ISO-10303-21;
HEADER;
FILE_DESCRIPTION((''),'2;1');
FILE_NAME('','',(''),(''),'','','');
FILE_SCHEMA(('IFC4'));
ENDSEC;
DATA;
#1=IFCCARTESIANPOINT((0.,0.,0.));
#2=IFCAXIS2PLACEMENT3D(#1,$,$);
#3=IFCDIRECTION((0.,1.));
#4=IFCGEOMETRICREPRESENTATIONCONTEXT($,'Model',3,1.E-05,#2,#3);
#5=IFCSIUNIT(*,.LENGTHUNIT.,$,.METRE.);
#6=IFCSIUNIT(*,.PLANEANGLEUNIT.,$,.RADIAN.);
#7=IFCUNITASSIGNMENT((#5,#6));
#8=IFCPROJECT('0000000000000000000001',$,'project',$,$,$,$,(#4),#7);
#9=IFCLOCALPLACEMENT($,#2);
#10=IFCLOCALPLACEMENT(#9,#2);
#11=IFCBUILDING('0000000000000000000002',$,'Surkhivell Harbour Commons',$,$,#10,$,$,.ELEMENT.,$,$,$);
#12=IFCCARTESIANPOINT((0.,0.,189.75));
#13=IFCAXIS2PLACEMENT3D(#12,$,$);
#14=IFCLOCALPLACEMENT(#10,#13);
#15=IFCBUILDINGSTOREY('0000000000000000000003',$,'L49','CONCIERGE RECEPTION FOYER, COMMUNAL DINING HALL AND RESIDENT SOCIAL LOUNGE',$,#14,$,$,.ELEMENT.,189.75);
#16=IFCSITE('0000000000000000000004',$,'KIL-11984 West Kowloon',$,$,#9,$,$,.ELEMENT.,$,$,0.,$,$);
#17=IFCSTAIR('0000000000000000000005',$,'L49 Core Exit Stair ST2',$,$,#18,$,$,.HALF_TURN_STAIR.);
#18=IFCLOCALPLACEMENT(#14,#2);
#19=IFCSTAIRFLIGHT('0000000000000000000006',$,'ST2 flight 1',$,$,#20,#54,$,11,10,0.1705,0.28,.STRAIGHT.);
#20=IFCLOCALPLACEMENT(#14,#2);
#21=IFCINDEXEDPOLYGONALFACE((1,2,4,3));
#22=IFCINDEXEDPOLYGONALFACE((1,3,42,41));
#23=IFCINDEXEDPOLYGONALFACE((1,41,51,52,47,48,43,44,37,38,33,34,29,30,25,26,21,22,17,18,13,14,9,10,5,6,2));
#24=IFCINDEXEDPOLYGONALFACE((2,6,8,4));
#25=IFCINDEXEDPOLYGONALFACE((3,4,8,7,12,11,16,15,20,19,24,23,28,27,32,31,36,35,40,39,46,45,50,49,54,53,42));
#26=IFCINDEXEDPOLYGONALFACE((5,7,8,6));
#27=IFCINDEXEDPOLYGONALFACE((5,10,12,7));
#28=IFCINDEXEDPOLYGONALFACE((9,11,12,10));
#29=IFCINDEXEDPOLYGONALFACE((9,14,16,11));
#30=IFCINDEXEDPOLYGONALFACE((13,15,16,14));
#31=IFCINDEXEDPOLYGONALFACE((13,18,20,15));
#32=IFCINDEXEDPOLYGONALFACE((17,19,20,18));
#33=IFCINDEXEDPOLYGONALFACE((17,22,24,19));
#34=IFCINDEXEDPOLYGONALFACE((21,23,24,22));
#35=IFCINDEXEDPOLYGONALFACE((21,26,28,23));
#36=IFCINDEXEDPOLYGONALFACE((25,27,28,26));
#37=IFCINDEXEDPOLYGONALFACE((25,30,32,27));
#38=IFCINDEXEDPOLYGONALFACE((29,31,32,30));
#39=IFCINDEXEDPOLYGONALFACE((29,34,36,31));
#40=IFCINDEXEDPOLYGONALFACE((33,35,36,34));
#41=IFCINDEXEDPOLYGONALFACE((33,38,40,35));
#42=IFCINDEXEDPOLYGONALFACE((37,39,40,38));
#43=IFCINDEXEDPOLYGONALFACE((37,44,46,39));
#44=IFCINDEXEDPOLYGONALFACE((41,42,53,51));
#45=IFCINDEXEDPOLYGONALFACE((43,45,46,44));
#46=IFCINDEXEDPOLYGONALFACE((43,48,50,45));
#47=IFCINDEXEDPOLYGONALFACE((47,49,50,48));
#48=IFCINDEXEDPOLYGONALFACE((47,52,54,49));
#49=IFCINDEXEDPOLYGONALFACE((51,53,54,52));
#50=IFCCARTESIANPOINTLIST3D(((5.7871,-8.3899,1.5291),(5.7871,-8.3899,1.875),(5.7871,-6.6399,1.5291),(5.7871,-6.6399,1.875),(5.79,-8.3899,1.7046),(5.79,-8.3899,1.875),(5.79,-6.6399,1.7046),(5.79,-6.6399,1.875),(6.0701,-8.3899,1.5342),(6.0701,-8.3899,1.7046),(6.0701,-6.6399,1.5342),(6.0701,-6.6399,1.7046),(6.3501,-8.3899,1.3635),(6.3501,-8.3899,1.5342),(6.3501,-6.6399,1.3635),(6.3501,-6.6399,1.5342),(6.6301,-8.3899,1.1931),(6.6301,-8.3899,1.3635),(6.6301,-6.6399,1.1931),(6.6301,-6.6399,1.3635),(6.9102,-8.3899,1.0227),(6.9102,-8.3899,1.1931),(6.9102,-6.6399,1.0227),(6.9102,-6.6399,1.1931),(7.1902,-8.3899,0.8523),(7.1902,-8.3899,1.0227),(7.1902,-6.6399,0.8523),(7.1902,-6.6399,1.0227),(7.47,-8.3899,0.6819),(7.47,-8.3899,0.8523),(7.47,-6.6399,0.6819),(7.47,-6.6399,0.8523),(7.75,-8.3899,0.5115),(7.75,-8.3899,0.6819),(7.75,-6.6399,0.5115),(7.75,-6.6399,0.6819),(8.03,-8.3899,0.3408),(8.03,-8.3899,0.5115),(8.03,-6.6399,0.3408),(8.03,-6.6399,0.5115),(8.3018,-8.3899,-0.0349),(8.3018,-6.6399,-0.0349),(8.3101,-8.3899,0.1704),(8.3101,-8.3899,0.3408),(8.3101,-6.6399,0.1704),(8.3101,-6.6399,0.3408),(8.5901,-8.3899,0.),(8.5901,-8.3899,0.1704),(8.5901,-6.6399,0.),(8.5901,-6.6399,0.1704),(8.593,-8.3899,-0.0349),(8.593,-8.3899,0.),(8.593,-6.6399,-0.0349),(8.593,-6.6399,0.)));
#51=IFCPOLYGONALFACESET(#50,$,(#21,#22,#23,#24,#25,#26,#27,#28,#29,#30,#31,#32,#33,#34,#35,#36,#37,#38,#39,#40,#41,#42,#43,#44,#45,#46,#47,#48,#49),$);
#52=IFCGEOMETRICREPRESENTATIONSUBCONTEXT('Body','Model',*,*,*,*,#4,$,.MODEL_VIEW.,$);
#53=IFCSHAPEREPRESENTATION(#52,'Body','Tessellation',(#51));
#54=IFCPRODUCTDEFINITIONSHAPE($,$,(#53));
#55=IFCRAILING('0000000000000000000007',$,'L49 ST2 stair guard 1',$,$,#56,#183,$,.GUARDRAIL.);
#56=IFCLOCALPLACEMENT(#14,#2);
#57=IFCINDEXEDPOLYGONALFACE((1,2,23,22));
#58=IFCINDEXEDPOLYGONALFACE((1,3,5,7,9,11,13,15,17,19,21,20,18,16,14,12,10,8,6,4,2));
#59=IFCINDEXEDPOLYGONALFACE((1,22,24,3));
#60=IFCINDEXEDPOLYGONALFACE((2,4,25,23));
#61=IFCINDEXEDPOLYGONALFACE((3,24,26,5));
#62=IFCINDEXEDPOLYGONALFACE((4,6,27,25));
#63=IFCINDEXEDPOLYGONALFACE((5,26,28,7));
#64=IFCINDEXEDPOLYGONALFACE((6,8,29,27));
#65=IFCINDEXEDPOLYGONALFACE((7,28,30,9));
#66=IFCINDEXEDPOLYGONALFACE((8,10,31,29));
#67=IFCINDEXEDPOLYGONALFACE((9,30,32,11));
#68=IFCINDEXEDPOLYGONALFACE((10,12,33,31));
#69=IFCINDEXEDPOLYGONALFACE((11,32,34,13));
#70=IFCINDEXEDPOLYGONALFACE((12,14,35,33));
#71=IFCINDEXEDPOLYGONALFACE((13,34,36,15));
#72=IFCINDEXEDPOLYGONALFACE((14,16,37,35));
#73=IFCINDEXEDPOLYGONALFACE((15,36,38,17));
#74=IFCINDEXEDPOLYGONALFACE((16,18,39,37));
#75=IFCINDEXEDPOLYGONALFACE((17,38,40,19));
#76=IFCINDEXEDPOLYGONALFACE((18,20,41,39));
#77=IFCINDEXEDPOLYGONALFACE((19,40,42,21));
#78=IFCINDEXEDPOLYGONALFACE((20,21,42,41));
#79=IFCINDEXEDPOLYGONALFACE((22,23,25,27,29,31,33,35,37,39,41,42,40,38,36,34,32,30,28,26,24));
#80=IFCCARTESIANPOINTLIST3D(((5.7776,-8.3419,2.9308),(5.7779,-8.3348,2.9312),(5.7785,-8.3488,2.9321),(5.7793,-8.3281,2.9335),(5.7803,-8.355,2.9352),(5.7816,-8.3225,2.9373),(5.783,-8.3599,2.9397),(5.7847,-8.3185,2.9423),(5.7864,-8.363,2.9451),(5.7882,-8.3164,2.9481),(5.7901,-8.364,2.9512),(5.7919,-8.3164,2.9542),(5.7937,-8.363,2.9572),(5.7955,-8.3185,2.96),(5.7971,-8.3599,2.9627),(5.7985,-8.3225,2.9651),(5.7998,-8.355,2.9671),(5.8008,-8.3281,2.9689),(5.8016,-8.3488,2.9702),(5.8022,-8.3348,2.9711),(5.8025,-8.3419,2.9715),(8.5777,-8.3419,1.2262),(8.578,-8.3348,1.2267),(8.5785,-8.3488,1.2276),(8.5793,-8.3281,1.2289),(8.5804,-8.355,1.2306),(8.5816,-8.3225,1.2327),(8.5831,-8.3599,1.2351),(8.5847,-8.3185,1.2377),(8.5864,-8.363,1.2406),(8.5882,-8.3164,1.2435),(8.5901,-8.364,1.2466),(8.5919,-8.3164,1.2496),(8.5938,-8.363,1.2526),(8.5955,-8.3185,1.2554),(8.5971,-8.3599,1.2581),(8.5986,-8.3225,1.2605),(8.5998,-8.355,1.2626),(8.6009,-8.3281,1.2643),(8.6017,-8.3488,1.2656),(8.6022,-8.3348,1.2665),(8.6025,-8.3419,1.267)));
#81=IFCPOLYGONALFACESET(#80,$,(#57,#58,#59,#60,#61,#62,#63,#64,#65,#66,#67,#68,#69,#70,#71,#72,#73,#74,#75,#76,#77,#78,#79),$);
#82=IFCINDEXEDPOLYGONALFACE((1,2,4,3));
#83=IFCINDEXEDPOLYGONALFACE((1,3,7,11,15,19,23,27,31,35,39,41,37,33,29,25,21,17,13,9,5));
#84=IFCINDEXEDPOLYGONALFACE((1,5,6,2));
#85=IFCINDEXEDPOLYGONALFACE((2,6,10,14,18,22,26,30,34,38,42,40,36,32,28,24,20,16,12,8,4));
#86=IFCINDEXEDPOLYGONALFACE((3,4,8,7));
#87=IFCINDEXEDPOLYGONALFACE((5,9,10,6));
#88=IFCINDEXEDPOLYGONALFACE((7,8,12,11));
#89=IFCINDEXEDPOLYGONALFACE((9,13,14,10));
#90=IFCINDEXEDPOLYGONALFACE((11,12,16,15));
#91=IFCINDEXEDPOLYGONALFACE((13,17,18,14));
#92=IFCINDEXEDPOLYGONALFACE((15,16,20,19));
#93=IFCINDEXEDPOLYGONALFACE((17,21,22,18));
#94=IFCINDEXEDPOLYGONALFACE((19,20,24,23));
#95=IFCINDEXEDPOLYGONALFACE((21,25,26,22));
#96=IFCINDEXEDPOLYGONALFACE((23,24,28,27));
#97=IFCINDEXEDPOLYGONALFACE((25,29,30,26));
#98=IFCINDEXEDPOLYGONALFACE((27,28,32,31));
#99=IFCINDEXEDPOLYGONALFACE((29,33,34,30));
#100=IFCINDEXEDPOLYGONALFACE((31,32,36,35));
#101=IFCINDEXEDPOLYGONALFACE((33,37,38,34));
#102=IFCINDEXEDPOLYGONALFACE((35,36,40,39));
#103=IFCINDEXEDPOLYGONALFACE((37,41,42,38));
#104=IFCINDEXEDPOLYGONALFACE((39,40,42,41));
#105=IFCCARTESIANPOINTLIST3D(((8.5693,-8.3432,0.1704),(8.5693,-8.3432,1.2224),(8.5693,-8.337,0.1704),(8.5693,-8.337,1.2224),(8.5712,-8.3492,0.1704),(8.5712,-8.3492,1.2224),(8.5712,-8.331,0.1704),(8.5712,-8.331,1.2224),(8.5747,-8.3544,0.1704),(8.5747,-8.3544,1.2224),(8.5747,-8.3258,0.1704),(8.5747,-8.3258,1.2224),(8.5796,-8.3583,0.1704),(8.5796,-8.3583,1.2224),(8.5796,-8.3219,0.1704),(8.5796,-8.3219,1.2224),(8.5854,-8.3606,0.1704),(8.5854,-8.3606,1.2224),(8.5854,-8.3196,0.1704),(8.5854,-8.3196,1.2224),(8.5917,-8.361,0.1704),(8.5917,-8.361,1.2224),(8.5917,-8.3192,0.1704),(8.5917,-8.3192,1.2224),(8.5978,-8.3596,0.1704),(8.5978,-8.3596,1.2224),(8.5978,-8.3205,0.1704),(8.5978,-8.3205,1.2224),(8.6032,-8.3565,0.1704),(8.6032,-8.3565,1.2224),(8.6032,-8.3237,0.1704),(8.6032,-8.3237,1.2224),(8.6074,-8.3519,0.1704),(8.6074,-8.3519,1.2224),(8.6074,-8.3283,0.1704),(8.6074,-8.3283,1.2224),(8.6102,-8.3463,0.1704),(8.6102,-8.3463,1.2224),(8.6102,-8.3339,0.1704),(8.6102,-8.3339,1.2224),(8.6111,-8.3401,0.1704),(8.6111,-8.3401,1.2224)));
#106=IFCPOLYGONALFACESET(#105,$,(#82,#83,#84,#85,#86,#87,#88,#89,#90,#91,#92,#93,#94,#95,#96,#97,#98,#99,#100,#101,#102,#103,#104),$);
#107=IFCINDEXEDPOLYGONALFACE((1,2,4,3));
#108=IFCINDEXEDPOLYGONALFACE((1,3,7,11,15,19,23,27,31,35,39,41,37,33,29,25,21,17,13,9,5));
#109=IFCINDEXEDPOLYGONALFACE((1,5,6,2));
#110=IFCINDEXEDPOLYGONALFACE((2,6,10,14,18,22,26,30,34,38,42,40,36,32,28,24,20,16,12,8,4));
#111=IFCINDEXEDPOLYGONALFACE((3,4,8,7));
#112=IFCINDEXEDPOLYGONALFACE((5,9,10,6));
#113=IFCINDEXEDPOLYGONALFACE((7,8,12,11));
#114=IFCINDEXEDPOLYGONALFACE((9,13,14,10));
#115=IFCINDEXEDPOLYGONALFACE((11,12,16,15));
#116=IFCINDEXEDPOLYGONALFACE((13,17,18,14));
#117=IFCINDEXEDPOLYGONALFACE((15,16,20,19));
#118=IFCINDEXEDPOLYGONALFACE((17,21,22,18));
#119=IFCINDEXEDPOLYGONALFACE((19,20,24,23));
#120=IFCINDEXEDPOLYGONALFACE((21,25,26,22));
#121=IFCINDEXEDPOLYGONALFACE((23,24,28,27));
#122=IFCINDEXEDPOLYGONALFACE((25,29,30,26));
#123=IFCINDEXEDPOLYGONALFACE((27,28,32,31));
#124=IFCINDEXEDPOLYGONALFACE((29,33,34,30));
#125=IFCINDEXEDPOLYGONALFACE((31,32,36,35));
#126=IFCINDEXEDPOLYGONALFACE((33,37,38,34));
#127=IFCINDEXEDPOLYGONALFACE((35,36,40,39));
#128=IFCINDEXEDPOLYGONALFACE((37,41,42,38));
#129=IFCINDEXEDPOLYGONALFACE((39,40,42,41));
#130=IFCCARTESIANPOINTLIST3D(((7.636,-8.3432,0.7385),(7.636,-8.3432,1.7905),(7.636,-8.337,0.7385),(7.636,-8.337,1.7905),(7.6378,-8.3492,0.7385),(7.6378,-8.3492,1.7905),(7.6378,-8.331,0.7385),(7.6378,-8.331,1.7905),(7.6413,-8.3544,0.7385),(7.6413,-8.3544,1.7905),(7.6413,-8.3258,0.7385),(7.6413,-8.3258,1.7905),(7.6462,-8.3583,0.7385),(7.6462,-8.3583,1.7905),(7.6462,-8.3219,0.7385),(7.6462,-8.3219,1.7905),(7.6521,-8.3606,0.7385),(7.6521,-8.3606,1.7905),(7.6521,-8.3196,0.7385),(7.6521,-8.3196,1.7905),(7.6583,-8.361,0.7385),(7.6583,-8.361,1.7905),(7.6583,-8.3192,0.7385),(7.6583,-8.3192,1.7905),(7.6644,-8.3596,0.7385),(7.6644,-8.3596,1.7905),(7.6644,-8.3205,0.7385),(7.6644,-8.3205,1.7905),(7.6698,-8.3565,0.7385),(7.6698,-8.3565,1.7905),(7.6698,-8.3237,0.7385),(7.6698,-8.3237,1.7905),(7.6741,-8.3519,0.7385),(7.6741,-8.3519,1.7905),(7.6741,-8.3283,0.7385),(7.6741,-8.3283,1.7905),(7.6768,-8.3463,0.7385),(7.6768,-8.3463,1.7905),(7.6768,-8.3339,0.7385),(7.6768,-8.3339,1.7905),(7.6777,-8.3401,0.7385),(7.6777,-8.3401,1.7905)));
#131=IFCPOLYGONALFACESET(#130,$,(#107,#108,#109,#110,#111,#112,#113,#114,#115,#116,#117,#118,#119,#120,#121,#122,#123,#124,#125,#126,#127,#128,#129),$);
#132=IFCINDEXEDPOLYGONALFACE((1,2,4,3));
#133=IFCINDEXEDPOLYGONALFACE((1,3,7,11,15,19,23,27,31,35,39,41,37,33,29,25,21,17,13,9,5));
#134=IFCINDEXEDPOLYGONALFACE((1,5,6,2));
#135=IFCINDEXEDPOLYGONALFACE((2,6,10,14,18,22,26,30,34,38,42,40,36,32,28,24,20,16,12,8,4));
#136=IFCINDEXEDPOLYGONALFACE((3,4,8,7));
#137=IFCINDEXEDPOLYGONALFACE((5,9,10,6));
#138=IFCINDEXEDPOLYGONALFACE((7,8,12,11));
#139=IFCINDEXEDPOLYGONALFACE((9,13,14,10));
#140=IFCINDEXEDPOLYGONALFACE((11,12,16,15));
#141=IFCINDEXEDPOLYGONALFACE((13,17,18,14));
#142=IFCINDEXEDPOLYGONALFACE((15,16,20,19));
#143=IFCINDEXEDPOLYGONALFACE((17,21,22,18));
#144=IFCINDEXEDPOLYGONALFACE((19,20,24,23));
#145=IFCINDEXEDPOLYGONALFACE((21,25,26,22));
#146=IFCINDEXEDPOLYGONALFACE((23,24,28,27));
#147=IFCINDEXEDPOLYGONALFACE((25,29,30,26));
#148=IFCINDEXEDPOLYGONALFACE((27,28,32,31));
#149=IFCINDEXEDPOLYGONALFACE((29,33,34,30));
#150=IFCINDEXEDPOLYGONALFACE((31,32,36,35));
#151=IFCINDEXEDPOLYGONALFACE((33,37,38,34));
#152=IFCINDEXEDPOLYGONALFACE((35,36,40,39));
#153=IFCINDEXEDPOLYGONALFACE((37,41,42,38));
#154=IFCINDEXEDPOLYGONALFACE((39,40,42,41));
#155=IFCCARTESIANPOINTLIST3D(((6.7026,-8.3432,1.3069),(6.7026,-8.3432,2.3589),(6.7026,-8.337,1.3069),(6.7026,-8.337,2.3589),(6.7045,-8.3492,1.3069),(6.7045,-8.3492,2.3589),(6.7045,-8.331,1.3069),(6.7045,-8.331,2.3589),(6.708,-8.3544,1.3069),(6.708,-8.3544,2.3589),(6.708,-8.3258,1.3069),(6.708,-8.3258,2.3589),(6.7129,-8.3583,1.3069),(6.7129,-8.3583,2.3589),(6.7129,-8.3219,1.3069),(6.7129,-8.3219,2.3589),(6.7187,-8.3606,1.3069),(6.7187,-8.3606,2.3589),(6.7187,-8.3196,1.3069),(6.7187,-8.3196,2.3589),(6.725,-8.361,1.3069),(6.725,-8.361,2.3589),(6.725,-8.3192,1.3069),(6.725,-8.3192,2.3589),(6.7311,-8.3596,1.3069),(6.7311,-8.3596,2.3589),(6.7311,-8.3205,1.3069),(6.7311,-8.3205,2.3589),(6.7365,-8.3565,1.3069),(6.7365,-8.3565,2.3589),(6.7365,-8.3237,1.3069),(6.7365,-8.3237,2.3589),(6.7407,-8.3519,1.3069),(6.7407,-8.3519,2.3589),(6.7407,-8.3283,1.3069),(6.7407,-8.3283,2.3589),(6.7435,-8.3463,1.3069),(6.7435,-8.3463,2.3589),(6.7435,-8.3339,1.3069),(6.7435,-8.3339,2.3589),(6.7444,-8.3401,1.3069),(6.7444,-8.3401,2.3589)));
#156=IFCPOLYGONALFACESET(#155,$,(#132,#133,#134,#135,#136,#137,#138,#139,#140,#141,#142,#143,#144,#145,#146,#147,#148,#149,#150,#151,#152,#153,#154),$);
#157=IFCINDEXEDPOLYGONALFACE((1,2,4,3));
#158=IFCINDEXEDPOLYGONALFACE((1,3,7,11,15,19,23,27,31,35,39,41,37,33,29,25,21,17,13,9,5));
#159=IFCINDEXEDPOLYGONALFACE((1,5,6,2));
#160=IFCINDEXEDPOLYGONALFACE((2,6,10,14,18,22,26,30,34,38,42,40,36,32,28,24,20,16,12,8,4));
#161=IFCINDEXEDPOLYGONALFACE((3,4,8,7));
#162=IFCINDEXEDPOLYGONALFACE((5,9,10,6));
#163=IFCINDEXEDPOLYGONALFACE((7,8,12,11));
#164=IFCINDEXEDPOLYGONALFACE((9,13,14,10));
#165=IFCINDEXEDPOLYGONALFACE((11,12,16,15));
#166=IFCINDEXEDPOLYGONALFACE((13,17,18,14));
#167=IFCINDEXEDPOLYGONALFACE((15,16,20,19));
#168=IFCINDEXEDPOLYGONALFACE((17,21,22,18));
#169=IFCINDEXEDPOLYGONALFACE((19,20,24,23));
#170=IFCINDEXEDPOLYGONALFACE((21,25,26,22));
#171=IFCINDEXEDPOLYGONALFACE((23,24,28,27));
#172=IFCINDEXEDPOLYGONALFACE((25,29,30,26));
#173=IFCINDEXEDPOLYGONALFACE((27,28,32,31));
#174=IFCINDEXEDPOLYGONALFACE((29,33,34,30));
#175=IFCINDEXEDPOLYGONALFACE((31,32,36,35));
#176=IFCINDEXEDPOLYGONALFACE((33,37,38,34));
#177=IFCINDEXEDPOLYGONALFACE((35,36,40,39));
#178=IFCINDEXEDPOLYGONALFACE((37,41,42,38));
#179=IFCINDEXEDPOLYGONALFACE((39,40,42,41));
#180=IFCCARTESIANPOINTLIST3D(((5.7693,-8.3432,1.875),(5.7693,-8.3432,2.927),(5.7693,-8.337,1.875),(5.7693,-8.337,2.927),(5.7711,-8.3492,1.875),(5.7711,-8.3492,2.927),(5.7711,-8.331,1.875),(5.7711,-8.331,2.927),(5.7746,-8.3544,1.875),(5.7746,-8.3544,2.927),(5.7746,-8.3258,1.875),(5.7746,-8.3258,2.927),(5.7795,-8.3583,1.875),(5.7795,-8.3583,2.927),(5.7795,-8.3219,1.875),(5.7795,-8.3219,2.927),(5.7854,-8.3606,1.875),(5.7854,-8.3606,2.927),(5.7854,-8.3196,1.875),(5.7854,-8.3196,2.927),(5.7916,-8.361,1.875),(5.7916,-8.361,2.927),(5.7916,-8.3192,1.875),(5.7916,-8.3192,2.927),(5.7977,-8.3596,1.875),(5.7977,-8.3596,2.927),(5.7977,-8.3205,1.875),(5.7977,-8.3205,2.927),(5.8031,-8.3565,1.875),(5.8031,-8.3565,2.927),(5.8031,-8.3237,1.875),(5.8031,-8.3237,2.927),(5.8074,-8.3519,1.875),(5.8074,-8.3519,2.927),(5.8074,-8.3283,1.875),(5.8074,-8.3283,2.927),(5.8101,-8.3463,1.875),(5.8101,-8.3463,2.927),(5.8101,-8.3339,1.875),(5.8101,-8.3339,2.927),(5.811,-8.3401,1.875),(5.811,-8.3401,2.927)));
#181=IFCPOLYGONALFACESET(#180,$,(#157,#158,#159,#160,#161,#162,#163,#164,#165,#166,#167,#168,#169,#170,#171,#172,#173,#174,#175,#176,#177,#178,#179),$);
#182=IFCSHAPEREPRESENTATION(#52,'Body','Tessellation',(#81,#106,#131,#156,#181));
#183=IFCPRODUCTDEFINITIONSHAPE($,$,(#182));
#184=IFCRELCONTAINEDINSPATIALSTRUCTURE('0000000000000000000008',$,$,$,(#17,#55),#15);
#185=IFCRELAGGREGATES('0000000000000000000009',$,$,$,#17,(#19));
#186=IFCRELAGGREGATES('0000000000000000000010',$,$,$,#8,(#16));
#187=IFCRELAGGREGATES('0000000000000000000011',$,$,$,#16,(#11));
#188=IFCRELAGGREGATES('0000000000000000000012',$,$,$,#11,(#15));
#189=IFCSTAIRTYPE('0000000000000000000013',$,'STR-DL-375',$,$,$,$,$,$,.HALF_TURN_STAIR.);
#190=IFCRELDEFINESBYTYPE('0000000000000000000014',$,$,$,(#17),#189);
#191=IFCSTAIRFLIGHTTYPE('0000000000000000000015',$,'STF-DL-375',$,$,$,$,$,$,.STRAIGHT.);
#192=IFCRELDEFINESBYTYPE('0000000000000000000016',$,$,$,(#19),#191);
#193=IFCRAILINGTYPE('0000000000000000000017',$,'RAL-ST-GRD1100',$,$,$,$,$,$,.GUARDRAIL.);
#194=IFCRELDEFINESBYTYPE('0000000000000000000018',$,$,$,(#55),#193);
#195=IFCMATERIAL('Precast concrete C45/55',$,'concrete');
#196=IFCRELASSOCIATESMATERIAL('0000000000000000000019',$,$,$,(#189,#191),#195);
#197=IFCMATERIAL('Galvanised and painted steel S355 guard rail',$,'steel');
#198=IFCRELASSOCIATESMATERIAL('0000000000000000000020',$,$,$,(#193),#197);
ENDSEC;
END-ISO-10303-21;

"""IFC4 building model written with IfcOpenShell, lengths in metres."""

from ifc_helpers import new_model, si_unit, direction, frame, origin, origin_2d, place, context, subcontext, project, spatial, polyline, circle, outline, extrude, material, type_object, element, aggregate, save


model = new_model("IFC4")

# Units and contexts
model_context = context("Model", 3, precision=1e-05, world=origin(), true_north=direction((0.0, 1.0)))
body_context = subcontext(model_context, "Body", "Model", "MODEL_VIEW")
ifc_project = project(units=[si_unit("LENGTHUNIT", "METRE"), si_unit("PLANEANGLEUNIT", "RADIAN")], contexts=[model_context])

# Site, building, storey
site_placement = place(None, origin())
site = spatial("IfcSite", under=ifc_project, at=site_placement, Name="KIL-11984 West Kowloon", CompositionType="ELEMENT", RefElevation=0.0)
building_placement = place(site_placement, origin())
building = spatial("IfcBuilding", under=site, at=building_placement, Name="Surkhivell Harbour Commons", CompositionType="ELEMENT")
storey_placement = place(building_placement, frame((0.0, 0.0, 189.75)))
storey = spatial("IfcBuildingStorey", under=building, at=storey_placement, Name="L49", Description="CONCIERGE RECEPTION FOYER, COMMUNAL DINING HALL AND RESIDENT SOCIAL LOUNGE", CompositionType="ELEMENT", Elevation=189.75)

# Stair, stair flight
ifc_material_1 = material(Name="Precast concrete C45/55", Category="concrete")
stair_type = type_object("IfcStairType", Name="STR-DL-375", PredefinedType="HALF_TURN_STAIR", material=ifc_material_1)
stair_placement = place(storey_placement, origin())
stair = element("IfcStair", 1, at=stair_placement, inside=storey, type_object=stair_type, Name="L49 Core Exit Stair ST2", PredefinedType="HALF_TURN_STAIR")
stair_flight_type = type_object("IfcStairFlightType", Name="STF-DL-375", PredefinedType="STRAIGHT", material=ifc_material_1)
stair_flight_placement = place(storey_placement, frame((8.5901, -7.5149, 0.0), z_axis=(0.0, 0.0, 1.0), x_axis=(-1.0, 0.0, 0.0)))
stair_flight = element("IfcStairFlight", 2, at=stair_flight_placement, type_object=stair_flight_type, Name="ST2 flight 1", NumberOfRisers=11, NumberOfTreads=10, PredefinedType="STRAIGHT", RiserHeight=0.1705, TreadLength=0.28, context=body_context, shape_type="SweptSolid", body=[
    extrude(outline(polyline([(-0.0029, -0.0349), (-0.0029, 0.0), (0.0, 0.0), (0.0, 0.1704), (0.28, 0.1704), (0.28, 0.3408), (0.5601, 0.3408), (0.5601, 0.5115), (0.8401, 0.5115), (0.8401, 0.6819), (1.1201, 0.6819), (1.1201, 0.8523), (1.3999, 0.8523), (1.3999, 1.0227), (1.6799, 1.0227), (1.6799, 1.1931), (1.96, 1.1931), (1.96, 1.3635), (2.24, 1.3635), (2.24, 1.5342), (2.52, 1.5342), (2.52, 1.7046), (2.8, 1.7046), (2.8, 1.875), (2.803, 1.875), (2.803, 1.5291), (0.2883, -0.0349), (-0.0029, -0.0349)])), frame((0.0, 0.875, 0.0), z_axis=(0.0, -1.0, 0.0), x_axis=(1.0, 0.0, 0.0)), (0.0, 0.0, 1.0), 1.75),
])
aggregate(stair, [stair_flight])

# Railing
ifc_material_2 = material(Name="Galvanised and painted steel S355 guard rail", Category="steel")
railing_type_1 = type_object("IfcRailingType", Name="RAL-ST-GRD1100", PredefinedType="GUARDRAIL", material=ifc_material_2)
railing_1_placement = place(storey_placement, frame((8.5901, -8.3401, 0.1704)))
element("IfcRailing", 3, at=railing_1_placement, inside=storey, type_object=railing_type_1, Name="L49 ST2 stair guard 1", PredefinedType="GUARDRAIL", context=body_context, shape_type="SweptSolid", body=[
    extrude(circle(Radius=0.0239, at=origin_2d()), frame((0.0, 0.0, 1.0762), z_axis=(-0.85417, 0.0, 0.519994), x_axis=(0.0, -1.0, 0.0)), (0.0, 0.0, 1.0), 3.2781),
    extrude(circle(Radius=0.021, at=origin_2d()), origin(), (0.0, 0.0, 1.0), 1.052),
    extrude(circle(Radius=0.021, at=origin_2d()), frame((-0.9333, 0.0, 0.5681)), (0.0, 0.0, 1.0), 1.052),
    extrude(circle(Radius=0.021, at=origin_2d()), frame((-1.8667, 0.0, 1.1365)), (0.0, 0.0, 1.0), 1.052),
    extrude(circle(Radius=0.021, at=origin_2d()), frame((-2.8, 0.0, 1.7046)), (0.0, 0.0, 1.0), 1.052),
])

save(model, "model.ifc")
